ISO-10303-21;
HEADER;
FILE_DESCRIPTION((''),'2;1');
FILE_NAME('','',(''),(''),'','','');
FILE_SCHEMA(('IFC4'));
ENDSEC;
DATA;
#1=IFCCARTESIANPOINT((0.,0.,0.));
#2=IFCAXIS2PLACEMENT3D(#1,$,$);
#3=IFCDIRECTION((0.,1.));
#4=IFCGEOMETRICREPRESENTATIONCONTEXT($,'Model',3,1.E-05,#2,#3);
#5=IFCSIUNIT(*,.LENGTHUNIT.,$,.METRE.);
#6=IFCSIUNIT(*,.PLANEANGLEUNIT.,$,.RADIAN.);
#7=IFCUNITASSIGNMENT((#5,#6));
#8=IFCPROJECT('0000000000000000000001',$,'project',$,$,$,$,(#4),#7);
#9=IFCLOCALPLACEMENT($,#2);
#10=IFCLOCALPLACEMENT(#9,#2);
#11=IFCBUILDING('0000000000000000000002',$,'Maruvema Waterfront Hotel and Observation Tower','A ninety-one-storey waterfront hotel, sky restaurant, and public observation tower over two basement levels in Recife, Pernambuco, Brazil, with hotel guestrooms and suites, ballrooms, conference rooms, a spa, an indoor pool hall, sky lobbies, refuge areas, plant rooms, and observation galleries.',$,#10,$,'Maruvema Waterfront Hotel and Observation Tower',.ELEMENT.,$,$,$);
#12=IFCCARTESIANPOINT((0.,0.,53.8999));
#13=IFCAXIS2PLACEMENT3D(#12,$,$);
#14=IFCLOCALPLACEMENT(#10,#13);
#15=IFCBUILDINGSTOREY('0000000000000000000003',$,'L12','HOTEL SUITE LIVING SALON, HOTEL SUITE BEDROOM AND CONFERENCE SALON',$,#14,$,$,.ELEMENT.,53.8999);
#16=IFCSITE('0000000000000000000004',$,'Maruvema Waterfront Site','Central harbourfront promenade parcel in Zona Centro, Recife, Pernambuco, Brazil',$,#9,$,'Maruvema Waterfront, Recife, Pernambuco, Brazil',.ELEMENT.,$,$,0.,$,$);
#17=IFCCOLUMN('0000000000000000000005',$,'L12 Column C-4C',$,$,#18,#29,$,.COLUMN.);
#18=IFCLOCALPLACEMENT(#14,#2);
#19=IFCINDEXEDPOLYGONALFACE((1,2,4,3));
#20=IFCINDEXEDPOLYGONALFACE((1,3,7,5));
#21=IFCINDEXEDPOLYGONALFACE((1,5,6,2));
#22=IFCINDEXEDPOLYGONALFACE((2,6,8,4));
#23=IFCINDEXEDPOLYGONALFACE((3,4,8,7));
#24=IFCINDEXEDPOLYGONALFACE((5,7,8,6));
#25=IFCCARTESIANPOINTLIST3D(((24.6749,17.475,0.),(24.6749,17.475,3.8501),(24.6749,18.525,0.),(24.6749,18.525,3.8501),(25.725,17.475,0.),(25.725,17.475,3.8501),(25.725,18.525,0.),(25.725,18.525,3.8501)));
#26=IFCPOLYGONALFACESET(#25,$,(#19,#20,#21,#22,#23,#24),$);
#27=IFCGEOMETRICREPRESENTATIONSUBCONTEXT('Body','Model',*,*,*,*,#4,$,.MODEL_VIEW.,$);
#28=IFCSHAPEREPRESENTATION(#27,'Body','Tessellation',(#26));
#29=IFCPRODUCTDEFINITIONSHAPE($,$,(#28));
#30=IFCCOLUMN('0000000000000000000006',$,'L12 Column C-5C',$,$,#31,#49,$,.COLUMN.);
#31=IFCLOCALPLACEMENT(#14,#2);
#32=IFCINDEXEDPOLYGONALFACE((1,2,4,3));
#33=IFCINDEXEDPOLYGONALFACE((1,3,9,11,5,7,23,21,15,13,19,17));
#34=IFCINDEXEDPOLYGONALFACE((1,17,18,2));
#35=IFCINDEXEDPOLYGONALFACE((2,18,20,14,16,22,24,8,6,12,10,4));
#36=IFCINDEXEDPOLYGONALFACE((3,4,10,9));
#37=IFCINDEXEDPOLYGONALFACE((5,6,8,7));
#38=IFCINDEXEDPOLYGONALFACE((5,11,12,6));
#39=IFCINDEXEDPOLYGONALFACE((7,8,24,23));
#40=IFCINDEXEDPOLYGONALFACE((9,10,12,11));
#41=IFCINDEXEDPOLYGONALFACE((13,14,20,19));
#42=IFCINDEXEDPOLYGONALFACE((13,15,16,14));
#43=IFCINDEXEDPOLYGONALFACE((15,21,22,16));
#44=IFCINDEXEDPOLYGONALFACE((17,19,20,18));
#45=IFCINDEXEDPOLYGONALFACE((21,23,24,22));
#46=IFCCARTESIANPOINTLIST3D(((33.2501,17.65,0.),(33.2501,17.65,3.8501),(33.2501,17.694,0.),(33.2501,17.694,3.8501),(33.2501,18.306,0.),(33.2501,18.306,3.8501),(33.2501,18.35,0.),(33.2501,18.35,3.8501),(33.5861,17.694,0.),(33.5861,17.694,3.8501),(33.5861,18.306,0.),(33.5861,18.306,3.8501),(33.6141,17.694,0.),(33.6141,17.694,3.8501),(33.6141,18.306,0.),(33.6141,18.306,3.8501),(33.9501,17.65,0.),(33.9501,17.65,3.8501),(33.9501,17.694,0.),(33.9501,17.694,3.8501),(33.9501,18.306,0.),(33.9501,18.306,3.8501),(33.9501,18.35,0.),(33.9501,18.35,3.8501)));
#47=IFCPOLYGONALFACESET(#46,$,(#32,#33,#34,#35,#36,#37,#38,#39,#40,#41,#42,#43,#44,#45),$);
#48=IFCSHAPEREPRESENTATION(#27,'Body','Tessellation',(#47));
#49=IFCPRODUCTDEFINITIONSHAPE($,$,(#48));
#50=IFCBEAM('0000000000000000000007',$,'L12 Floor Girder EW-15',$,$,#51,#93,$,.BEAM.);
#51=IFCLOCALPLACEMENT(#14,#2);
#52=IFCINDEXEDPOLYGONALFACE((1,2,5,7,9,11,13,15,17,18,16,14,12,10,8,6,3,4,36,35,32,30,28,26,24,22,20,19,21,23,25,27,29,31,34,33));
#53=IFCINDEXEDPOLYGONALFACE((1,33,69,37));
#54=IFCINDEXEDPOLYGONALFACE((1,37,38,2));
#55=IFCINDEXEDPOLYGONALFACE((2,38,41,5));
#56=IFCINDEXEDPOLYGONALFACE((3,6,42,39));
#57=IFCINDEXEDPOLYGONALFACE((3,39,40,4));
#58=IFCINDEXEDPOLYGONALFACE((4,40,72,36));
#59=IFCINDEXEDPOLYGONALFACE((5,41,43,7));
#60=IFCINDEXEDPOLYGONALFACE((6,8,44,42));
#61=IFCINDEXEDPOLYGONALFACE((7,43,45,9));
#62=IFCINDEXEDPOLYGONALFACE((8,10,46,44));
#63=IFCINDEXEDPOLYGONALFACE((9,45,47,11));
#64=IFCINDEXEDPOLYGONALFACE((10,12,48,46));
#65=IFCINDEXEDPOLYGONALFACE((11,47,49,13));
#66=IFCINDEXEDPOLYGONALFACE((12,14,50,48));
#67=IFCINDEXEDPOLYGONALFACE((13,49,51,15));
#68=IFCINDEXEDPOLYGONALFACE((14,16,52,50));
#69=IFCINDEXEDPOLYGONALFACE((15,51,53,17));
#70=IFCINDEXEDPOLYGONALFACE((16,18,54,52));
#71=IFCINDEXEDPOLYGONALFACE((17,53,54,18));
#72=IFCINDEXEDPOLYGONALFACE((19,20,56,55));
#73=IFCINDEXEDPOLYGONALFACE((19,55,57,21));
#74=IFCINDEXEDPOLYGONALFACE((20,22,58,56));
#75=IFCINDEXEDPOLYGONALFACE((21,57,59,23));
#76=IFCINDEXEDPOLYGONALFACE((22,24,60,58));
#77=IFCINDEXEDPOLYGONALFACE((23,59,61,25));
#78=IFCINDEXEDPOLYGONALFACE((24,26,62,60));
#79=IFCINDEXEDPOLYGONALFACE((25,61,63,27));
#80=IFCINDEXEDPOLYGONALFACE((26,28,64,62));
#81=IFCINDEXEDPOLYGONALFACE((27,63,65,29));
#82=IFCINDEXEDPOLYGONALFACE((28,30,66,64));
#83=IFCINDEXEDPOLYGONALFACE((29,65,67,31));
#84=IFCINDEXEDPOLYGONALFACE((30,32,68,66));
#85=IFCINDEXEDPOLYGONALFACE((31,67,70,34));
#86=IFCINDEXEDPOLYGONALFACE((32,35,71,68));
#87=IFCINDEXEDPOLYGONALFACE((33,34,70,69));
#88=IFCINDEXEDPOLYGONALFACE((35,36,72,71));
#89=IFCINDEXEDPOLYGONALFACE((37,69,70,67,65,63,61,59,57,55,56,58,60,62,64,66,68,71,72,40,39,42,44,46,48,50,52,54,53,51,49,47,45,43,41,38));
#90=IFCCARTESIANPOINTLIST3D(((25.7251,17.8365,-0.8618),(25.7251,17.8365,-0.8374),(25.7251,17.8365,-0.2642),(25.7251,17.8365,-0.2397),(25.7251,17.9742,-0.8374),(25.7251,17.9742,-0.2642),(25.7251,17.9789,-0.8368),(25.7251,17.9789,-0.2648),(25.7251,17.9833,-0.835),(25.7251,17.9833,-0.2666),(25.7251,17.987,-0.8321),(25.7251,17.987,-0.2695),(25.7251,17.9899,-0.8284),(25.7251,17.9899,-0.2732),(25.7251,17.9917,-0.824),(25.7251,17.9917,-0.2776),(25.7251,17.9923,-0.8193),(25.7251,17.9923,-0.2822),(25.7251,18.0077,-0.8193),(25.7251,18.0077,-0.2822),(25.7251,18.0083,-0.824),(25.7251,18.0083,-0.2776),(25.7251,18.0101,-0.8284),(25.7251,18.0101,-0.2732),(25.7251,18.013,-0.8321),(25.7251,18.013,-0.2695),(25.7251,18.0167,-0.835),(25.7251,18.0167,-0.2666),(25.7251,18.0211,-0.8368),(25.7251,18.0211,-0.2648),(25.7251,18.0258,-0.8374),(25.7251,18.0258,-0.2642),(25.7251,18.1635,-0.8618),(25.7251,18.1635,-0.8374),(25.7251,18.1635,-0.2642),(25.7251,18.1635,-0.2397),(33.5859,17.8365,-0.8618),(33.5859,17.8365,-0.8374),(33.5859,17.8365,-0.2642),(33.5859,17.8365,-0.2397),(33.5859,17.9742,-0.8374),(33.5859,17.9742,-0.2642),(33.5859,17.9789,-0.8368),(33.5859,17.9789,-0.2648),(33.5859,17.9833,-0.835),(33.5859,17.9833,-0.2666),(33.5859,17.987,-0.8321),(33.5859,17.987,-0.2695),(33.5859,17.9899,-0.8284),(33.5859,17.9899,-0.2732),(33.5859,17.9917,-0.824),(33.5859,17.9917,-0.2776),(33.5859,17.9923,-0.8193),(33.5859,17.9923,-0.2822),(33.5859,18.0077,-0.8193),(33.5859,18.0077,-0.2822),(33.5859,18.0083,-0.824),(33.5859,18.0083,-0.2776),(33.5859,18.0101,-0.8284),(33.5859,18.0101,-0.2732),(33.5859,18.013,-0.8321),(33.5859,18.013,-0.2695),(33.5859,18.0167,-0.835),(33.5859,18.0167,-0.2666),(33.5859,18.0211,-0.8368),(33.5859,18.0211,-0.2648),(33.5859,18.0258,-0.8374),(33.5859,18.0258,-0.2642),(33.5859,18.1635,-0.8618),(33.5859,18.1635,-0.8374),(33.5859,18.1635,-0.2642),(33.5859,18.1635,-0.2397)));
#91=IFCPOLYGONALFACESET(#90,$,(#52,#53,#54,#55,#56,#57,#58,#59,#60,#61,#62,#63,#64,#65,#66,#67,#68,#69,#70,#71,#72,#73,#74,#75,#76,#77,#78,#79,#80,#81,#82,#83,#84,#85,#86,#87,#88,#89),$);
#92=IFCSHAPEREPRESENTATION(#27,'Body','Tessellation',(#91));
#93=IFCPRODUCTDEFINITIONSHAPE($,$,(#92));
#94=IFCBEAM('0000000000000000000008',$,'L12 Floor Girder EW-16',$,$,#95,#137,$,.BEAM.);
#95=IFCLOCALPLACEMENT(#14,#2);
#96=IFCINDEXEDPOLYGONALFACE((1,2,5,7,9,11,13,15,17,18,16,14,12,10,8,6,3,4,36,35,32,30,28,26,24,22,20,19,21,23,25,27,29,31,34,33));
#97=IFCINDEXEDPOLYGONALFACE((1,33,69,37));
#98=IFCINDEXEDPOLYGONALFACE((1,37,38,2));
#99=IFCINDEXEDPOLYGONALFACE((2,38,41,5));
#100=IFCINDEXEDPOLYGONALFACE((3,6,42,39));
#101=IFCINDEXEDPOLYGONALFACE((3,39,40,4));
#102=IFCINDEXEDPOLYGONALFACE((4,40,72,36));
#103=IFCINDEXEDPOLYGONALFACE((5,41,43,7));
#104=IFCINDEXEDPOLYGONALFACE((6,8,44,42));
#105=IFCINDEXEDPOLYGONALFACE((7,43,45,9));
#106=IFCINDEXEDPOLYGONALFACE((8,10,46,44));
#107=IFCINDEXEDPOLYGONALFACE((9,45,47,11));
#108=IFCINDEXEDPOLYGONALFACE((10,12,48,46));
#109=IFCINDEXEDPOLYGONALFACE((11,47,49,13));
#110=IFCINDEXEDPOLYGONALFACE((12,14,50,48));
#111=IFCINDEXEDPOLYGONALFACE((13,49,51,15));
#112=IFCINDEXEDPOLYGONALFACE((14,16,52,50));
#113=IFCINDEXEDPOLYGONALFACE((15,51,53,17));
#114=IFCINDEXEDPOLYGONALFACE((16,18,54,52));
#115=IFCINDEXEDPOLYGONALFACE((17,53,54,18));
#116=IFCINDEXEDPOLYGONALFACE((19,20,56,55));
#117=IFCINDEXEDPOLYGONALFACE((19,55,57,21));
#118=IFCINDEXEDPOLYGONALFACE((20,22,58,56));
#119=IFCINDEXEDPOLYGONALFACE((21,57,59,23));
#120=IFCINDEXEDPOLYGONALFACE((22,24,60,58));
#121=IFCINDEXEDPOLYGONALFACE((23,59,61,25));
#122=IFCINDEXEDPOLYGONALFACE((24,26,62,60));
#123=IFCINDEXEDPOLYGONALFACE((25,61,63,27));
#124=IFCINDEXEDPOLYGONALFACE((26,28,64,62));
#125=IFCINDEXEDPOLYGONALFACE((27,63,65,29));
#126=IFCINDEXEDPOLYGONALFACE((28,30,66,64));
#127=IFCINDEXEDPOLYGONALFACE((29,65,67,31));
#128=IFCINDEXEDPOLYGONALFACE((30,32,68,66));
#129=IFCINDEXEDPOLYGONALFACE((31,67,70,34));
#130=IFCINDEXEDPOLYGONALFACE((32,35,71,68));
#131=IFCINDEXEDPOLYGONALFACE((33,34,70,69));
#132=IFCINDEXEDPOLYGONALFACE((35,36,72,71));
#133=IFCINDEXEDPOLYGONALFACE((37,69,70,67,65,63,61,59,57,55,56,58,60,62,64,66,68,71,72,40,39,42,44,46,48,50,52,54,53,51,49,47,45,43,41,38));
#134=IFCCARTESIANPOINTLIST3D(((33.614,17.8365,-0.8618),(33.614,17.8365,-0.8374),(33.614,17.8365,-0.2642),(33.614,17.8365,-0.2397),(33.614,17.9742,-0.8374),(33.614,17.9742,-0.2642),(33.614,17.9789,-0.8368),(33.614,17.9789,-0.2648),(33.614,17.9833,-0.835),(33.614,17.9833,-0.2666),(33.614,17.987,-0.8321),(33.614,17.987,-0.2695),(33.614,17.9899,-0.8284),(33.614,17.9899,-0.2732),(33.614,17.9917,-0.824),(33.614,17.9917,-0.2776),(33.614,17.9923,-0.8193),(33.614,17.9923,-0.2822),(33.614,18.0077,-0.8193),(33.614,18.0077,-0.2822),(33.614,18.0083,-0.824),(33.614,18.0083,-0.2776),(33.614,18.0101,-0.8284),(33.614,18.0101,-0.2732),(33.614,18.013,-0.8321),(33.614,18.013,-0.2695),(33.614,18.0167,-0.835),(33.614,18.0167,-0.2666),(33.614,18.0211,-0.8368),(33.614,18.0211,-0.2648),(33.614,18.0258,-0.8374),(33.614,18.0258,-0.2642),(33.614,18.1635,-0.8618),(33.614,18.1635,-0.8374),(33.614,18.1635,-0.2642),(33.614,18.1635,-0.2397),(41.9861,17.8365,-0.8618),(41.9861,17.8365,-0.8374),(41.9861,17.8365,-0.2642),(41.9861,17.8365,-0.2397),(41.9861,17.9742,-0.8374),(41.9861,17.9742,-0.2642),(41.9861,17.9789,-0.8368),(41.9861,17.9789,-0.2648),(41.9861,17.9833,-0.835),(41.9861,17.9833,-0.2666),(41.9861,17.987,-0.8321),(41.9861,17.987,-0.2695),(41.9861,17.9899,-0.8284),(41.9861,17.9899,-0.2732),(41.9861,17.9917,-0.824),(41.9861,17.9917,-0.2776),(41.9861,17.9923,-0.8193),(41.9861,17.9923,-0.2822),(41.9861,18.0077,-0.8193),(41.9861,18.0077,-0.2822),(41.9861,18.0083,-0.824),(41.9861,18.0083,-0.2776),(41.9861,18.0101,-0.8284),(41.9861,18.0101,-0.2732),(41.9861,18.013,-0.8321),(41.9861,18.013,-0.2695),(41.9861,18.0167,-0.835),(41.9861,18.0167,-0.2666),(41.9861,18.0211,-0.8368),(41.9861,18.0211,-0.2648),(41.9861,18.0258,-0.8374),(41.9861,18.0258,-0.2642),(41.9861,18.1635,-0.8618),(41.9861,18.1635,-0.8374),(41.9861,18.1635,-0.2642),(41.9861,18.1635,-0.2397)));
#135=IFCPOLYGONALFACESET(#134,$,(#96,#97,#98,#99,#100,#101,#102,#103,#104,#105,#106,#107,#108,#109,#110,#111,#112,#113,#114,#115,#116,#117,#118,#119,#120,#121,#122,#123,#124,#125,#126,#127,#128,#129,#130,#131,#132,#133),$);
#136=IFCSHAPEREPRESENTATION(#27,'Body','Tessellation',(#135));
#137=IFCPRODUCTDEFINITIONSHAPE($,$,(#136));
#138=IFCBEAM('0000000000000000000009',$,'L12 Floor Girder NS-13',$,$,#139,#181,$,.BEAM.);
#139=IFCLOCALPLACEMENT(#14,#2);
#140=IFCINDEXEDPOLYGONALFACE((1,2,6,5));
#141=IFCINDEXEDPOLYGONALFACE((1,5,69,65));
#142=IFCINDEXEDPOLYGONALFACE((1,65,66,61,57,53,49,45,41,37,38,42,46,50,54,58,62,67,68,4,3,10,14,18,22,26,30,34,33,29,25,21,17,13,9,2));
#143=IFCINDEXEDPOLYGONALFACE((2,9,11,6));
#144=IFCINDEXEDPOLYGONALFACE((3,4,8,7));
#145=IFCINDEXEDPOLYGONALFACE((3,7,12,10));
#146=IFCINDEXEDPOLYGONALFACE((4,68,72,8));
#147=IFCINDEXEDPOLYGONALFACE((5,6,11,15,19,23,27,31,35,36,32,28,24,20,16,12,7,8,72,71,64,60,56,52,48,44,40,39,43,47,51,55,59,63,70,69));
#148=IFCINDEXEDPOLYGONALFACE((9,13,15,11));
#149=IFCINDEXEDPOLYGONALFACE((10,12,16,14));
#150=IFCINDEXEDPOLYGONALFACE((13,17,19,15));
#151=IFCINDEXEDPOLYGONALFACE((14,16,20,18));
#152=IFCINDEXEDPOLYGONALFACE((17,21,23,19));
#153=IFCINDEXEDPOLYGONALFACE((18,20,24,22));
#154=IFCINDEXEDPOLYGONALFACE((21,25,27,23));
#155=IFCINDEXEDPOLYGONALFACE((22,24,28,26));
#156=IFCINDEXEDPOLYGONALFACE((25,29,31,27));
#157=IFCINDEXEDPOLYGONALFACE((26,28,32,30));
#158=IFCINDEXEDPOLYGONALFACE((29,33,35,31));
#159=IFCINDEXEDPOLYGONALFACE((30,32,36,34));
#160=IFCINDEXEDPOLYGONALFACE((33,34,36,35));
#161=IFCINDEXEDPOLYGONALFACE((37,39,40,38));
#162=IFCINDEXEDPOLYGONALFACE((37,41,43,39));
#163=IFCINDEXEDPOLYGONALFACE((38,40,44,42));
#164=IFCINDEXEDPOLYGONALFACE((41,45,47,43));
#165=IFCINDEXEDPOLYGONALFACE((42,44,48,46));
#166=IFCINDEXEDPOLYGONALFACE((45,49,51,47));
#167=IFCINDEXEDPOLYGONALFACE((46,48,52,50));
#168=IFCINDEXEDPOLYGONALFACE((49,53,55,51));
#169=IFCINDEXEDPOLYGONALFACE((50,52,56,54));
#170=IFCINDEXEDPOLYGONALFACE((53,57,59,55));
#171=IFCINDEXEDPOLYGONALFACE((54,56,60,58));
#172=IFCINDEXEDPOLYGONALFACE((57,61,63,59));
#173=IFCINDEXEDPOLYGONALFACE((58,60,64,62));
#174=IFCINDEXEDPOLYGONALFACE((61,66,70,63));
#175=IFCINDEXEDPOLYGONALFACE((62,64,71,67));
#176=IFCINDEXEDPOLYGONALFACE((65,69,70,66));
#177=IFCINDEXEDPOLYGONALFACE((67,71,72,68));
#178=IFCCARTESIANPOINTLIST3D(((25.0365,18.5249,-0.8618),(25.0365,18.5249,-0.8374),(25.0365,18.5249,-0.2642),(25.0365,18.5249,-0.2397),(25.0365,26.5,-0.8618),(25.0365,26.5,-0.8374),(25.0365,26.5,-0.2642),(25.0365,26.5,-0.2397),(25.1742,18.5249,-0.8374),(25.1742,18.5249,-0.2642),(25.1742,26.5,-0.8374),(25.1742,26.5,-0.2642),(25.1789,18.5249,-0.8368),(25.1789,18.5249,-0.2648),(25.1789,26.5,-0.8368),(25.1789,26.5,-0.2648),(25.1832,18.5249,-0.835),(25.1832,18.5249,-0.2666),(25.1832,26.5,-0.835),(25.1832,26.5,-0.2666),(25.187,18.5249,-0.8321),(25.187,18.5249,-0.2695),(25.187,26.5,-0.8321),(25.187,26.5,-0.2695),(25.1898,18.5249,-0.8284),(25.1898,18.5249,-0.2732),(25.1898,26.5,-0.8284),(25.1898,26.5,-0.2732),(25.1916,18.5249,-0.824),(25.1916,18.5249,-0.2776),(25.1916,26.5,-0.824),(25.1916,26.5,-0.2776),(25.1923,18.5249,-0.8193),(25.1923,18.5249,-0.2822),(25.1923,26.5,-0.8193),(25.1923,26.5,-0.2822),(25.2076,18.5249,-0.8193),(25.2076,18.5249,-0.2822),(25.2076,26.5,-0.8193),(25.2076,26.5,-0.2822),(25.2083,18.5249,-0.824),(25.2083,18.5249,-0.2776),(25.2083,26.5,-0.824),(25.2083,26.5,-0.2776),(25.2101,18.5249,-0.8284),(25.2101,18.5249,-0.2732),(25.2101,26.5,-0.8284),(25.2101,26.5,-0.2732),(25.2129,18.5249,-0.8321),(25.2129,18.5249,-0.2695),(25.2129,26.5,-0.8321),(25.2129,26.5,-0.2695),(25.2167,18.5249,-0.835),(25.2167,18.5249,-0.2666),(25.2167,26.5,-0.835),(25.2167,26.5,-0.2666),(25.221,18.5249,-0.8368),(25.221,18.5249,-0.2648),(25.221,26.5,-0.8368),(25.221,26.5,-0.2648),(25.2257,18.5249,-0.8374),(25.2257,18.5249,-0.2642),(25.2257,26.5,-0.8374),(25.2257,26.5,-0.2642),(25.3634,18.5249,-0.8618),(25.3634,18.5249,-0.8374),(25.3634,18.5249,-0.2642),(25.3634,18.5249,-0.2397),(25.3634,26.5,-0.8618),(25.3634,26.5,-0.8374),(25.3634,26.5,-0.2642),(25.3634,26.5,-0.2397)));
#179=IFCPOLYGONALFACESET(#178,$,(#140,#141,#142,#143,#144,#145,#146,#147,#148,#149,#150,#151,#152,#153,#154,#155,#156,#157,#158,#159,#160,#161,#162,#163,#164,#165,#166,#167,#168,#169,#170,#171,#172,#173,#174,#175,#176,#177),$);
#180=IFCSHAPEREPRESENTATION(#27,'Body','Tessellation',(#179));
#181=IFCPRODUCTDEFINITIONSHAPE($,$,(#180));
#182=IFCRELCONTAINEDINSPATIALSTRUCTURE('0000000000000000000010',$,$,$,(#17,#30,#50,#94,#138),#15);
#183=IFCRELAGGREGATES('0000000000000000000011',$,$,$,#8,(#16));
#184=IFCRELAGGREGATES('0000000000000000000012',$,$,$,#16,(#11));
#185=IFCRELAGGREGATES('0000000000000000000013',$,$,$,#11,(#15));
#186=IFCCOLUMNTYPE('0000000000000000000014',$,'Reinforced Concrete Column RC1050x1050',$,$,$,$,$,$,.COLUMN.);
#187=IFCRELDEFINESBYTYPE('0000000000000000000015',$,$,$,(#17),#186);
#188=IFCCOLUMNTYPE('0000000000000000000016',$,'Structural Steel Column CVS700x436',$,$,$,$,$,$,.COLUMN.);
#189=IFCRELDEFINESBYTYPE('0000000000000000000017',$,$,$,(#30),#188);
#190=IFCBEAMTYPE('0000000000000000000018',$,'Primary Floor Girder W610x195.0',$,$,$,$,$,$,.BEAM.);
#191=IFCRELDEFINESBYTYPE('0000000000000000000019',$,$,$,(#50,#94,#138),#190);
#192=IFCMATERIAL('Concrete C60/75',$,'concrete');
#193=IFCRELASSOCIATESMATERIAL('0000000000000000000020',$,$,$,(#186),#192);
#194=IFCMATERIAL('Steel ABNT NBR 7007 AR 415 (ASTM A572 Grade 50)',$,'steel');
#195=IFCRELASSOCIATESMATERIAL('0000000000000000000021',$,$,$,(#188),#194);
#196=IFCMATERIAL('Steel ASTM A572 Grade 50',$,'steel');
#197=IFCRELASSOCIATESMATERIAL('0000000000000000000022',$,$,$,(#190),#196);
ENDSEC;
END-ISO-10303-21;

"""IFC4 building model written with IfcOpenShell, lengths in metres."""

from ifc_helpers import new_model, si_unit, direction, frame, origin, origin_2d, place, context, subcontext, project, spatial, rectangle, i_section, extrude, material, material_profile, profile_set, type_object, element, save


model = new_model("IFC4")

# Units and contexts
model_context = context("Model", 3, precision=1e-05, world=origin(), true_north=direction((0.0, 1.0)))
body_context = subcontext(model_context, "Body", "Model", "MODEL_VIEW")
ifc_project = project(units=[si_unit("LENGTHUNIT", "METRE"), si_unit("PLANEANGLEUNIT", "RADIAN")], contexts=[model_context])

# Site, building, storey
site_placement = place(None, origin())
site = spatial("IfcSite", under=ifc_project, at=site_placement, Name="Maruvema Waterfront Site", Description="Central harbourfront promenade parcel in Zona Centro, Recife, Pernambuco, Brazil", LongName="Maruvema Waterfront, Recife, Pernambuco, Brazil", CompositionType="ELEMENT", RefElevation=0.0)
building_placement = place(site_placement, origin())
building = spatial("IfcBuilding", under=site, at=building_placement, Name="Maruvema Waterfront Hotel and Observation Tower", Description="A ninety-one-storey waterfront hotel, sky restaurant, and public observation tower over two basement levels in Recife, Pernambuco, Brazil, with hotel guestrooms and suites, ballrooms, conference rooms, a spa, an indoor pool hall, sky lobbies, refuge areas, plant rooms, and observation galleries.", LongName="Maruvema Waterfront Hotel and Observation Tower", CompositionType="ELEMENT")
storey_placement = place(building_placement, frame((0.0, 0.0, 53.8999)))
storey = spatial("IfcBuildingStorey", under=building, at=storey_placement, Name="L12", Description="HOTEL SUITE LIVING SALON, HOTEL SUITE BEDROOM AND CONFERENCE SALON", CompositionType="ELEMENT", Elevation=53.8999)

# Columns
ifc_material_1 = material(Name="Concrete C60/75", Category="concrete")
ifc_material_profile_1 = material_profile(ifc_material_1, rectangle(XDim=1.05, YDim=1.05, at=origin_2d()), Name="RC1050x1050")
ifc_profile_set_1 = profile_set([ifc_material_profile_1], Name="Concrete C60/75")
column_type_1 = type_object("IfcColumnType", Name="Reinforced Concrete Column RC1050x1050", PredefinedType="COLUMN", material=ifc_profile_set_1)
column_1_placement = place(storey_placement, frame((25.2, 18.0, 0.0), z_axis=(0.0, 0.0, 1.0), x_axis=(1.0, 0.0, 0.0)))
element("IfcColumn", 1, at=column_1_placement, inside=storey, type_object=column_type_1, Name="L12 Column C-4C", PredefinedType="COLUMN", context=body_context, shape_type="SweptSolid", body=[
    extrude(rectangle(XDim=1.05, YDim=1.05, at=origin_2d()), origin(), (0.0, 0.0, 1.0), 3.8501),
])
ifc_material_2 = material(Name="Steel ABNT NBR 7007 AR 415 (ASTM A572 Grade 50)", Category="steel")
ifc_material_profile_2 = material_profile(ifc_material_2, i_section(OverallWidth=0.7, OverallDepth=0.7, WebThickness=0.0281, FlangeThickness=0.0439, at=origin_2d()), Name="CVS700x436")
ifc_profile_set_2 = profile_set([ifc_material_profile_2], Name="Steel ABNT NBR 7007 AR 415 (ASTM A572 Grade 50)")
column_type_2 = type_object("IfcColumnType", Name="Structural Steel Column CVS700x436", PredefinedType="COLUMN", material=ifc_profile_set_2)
column_2_placement = place(storey_placement, frame((33.6001, 18.0, 0.0), z_axis=(0.0, 0.0, 1.0), x_axis=(1.0, 0.0, 0.0)))
element("IfcColumn", 2, at=column_2_placement, inside=storey, type_object=column_type_2, Name="L12 Column C-5C", PredefinedType="COLUMN", context=body_context, shape_type="SweptSolid", body=[
    extrude(i_section(OverallWidth=0.7, OverallDepth=0.7, WebThickness=0.0281, FlangeThickness=0.0439, at=origin_2d()), origin(), (0.0, 0.0, 1.0), 3.8501),
])

# Beams
ifc_material_3 = material(Name="Steel ASTM A572 Grade 50", Category="steel")
ifc_material_profile_3 = material_profile(ifc_material_3, i_section(OverallWidth=0.3269, OverallDepth=0.6221, WebThickness=0.0154, FlangeThickness=0.0244, FilletRadius=0.0181, at=origin_2d()), Name="W610x195.0")
ifc_profile_set_3 = profile_set([ifc_material_profile_3], Name="Steel ASTM A572 Grade 50")
beam_type_1 = type_object("IfcBeamType", Name="Primary Floor Girder W610x195.0", PredefinedType="BEAM", material=ifc_profile_set_3)
beam_1_placement = place(storey_placement, frame((25.7251, 18.0, -0.5508), z_axis=(1.0, 0.0, 0.0), x_axis=(0.0, 1.0, 0.0)))
element("IfcBeam", 3, at=beam_1_placement, inside=storey, type_object=beam_type_1, Name="L12 Floor Girder EW-15", PredefinedType="BEAM", context=body_context, shape_type="SweptSolid", body=[
    extrude(i_section(OverallWidth=0.3269, OverallDepth=0.6221, WebThickness=0.0154, FlangeThickness=0.0244, FilletRadius=0.0181, at=origin_2d()), origin(), (0.0, 0.0, 1.0), 7.8608),
])
beam_2_placement = place(storey_placement, frame((33.614, 18.0, -0.5508), z_axis=(1.0, 0.0, 0.0), x_axis=(0.0, 1.0, 0.0)))
element("IfcBeam", 4, at=beam_2_placement, inside=storey, type_object=beam_type_1, Name="L12 Floor Girder EW-16", PredefinedType="BEAM", context=body_context, shape_type="SweptSolid", body=[
    extrude(i_section(OverallWidth=0.3269, OverallDepth=0.6221, WebThickness=0.0154, FlangeThickness=0.0244, FilletRadius=0.0181, at=origin_2d()), origin(), (0.0, 0.0, 1.0), 8.3721),
])
beam_3_placement = place(storey_placement, frame((25.2, 18.5249, -0.5508), z_axis=(0.0, 1.0, 0.0), x_axis=(-1.0, 0.0, 0.0)))
element("IfcBeam", 5, at=beam_3_placement, inside=storey, type_object=beam_type_1, Name="L12 Floor Girder NS-13", PredefinedType="BEAM", context=body_context, shape_type="SweptSolid", body=[
    extrude(i_section(OverallWidth=0.3269, OverallDepth=0.6221, WebThickness=0.0154, FlangeThickness=0.0244, FilletRadius=0.0181, at=origin_2d()), origin(), (0.0, 0.0, 1.0), 7.9751),
])

save(model, "model.ifc")
